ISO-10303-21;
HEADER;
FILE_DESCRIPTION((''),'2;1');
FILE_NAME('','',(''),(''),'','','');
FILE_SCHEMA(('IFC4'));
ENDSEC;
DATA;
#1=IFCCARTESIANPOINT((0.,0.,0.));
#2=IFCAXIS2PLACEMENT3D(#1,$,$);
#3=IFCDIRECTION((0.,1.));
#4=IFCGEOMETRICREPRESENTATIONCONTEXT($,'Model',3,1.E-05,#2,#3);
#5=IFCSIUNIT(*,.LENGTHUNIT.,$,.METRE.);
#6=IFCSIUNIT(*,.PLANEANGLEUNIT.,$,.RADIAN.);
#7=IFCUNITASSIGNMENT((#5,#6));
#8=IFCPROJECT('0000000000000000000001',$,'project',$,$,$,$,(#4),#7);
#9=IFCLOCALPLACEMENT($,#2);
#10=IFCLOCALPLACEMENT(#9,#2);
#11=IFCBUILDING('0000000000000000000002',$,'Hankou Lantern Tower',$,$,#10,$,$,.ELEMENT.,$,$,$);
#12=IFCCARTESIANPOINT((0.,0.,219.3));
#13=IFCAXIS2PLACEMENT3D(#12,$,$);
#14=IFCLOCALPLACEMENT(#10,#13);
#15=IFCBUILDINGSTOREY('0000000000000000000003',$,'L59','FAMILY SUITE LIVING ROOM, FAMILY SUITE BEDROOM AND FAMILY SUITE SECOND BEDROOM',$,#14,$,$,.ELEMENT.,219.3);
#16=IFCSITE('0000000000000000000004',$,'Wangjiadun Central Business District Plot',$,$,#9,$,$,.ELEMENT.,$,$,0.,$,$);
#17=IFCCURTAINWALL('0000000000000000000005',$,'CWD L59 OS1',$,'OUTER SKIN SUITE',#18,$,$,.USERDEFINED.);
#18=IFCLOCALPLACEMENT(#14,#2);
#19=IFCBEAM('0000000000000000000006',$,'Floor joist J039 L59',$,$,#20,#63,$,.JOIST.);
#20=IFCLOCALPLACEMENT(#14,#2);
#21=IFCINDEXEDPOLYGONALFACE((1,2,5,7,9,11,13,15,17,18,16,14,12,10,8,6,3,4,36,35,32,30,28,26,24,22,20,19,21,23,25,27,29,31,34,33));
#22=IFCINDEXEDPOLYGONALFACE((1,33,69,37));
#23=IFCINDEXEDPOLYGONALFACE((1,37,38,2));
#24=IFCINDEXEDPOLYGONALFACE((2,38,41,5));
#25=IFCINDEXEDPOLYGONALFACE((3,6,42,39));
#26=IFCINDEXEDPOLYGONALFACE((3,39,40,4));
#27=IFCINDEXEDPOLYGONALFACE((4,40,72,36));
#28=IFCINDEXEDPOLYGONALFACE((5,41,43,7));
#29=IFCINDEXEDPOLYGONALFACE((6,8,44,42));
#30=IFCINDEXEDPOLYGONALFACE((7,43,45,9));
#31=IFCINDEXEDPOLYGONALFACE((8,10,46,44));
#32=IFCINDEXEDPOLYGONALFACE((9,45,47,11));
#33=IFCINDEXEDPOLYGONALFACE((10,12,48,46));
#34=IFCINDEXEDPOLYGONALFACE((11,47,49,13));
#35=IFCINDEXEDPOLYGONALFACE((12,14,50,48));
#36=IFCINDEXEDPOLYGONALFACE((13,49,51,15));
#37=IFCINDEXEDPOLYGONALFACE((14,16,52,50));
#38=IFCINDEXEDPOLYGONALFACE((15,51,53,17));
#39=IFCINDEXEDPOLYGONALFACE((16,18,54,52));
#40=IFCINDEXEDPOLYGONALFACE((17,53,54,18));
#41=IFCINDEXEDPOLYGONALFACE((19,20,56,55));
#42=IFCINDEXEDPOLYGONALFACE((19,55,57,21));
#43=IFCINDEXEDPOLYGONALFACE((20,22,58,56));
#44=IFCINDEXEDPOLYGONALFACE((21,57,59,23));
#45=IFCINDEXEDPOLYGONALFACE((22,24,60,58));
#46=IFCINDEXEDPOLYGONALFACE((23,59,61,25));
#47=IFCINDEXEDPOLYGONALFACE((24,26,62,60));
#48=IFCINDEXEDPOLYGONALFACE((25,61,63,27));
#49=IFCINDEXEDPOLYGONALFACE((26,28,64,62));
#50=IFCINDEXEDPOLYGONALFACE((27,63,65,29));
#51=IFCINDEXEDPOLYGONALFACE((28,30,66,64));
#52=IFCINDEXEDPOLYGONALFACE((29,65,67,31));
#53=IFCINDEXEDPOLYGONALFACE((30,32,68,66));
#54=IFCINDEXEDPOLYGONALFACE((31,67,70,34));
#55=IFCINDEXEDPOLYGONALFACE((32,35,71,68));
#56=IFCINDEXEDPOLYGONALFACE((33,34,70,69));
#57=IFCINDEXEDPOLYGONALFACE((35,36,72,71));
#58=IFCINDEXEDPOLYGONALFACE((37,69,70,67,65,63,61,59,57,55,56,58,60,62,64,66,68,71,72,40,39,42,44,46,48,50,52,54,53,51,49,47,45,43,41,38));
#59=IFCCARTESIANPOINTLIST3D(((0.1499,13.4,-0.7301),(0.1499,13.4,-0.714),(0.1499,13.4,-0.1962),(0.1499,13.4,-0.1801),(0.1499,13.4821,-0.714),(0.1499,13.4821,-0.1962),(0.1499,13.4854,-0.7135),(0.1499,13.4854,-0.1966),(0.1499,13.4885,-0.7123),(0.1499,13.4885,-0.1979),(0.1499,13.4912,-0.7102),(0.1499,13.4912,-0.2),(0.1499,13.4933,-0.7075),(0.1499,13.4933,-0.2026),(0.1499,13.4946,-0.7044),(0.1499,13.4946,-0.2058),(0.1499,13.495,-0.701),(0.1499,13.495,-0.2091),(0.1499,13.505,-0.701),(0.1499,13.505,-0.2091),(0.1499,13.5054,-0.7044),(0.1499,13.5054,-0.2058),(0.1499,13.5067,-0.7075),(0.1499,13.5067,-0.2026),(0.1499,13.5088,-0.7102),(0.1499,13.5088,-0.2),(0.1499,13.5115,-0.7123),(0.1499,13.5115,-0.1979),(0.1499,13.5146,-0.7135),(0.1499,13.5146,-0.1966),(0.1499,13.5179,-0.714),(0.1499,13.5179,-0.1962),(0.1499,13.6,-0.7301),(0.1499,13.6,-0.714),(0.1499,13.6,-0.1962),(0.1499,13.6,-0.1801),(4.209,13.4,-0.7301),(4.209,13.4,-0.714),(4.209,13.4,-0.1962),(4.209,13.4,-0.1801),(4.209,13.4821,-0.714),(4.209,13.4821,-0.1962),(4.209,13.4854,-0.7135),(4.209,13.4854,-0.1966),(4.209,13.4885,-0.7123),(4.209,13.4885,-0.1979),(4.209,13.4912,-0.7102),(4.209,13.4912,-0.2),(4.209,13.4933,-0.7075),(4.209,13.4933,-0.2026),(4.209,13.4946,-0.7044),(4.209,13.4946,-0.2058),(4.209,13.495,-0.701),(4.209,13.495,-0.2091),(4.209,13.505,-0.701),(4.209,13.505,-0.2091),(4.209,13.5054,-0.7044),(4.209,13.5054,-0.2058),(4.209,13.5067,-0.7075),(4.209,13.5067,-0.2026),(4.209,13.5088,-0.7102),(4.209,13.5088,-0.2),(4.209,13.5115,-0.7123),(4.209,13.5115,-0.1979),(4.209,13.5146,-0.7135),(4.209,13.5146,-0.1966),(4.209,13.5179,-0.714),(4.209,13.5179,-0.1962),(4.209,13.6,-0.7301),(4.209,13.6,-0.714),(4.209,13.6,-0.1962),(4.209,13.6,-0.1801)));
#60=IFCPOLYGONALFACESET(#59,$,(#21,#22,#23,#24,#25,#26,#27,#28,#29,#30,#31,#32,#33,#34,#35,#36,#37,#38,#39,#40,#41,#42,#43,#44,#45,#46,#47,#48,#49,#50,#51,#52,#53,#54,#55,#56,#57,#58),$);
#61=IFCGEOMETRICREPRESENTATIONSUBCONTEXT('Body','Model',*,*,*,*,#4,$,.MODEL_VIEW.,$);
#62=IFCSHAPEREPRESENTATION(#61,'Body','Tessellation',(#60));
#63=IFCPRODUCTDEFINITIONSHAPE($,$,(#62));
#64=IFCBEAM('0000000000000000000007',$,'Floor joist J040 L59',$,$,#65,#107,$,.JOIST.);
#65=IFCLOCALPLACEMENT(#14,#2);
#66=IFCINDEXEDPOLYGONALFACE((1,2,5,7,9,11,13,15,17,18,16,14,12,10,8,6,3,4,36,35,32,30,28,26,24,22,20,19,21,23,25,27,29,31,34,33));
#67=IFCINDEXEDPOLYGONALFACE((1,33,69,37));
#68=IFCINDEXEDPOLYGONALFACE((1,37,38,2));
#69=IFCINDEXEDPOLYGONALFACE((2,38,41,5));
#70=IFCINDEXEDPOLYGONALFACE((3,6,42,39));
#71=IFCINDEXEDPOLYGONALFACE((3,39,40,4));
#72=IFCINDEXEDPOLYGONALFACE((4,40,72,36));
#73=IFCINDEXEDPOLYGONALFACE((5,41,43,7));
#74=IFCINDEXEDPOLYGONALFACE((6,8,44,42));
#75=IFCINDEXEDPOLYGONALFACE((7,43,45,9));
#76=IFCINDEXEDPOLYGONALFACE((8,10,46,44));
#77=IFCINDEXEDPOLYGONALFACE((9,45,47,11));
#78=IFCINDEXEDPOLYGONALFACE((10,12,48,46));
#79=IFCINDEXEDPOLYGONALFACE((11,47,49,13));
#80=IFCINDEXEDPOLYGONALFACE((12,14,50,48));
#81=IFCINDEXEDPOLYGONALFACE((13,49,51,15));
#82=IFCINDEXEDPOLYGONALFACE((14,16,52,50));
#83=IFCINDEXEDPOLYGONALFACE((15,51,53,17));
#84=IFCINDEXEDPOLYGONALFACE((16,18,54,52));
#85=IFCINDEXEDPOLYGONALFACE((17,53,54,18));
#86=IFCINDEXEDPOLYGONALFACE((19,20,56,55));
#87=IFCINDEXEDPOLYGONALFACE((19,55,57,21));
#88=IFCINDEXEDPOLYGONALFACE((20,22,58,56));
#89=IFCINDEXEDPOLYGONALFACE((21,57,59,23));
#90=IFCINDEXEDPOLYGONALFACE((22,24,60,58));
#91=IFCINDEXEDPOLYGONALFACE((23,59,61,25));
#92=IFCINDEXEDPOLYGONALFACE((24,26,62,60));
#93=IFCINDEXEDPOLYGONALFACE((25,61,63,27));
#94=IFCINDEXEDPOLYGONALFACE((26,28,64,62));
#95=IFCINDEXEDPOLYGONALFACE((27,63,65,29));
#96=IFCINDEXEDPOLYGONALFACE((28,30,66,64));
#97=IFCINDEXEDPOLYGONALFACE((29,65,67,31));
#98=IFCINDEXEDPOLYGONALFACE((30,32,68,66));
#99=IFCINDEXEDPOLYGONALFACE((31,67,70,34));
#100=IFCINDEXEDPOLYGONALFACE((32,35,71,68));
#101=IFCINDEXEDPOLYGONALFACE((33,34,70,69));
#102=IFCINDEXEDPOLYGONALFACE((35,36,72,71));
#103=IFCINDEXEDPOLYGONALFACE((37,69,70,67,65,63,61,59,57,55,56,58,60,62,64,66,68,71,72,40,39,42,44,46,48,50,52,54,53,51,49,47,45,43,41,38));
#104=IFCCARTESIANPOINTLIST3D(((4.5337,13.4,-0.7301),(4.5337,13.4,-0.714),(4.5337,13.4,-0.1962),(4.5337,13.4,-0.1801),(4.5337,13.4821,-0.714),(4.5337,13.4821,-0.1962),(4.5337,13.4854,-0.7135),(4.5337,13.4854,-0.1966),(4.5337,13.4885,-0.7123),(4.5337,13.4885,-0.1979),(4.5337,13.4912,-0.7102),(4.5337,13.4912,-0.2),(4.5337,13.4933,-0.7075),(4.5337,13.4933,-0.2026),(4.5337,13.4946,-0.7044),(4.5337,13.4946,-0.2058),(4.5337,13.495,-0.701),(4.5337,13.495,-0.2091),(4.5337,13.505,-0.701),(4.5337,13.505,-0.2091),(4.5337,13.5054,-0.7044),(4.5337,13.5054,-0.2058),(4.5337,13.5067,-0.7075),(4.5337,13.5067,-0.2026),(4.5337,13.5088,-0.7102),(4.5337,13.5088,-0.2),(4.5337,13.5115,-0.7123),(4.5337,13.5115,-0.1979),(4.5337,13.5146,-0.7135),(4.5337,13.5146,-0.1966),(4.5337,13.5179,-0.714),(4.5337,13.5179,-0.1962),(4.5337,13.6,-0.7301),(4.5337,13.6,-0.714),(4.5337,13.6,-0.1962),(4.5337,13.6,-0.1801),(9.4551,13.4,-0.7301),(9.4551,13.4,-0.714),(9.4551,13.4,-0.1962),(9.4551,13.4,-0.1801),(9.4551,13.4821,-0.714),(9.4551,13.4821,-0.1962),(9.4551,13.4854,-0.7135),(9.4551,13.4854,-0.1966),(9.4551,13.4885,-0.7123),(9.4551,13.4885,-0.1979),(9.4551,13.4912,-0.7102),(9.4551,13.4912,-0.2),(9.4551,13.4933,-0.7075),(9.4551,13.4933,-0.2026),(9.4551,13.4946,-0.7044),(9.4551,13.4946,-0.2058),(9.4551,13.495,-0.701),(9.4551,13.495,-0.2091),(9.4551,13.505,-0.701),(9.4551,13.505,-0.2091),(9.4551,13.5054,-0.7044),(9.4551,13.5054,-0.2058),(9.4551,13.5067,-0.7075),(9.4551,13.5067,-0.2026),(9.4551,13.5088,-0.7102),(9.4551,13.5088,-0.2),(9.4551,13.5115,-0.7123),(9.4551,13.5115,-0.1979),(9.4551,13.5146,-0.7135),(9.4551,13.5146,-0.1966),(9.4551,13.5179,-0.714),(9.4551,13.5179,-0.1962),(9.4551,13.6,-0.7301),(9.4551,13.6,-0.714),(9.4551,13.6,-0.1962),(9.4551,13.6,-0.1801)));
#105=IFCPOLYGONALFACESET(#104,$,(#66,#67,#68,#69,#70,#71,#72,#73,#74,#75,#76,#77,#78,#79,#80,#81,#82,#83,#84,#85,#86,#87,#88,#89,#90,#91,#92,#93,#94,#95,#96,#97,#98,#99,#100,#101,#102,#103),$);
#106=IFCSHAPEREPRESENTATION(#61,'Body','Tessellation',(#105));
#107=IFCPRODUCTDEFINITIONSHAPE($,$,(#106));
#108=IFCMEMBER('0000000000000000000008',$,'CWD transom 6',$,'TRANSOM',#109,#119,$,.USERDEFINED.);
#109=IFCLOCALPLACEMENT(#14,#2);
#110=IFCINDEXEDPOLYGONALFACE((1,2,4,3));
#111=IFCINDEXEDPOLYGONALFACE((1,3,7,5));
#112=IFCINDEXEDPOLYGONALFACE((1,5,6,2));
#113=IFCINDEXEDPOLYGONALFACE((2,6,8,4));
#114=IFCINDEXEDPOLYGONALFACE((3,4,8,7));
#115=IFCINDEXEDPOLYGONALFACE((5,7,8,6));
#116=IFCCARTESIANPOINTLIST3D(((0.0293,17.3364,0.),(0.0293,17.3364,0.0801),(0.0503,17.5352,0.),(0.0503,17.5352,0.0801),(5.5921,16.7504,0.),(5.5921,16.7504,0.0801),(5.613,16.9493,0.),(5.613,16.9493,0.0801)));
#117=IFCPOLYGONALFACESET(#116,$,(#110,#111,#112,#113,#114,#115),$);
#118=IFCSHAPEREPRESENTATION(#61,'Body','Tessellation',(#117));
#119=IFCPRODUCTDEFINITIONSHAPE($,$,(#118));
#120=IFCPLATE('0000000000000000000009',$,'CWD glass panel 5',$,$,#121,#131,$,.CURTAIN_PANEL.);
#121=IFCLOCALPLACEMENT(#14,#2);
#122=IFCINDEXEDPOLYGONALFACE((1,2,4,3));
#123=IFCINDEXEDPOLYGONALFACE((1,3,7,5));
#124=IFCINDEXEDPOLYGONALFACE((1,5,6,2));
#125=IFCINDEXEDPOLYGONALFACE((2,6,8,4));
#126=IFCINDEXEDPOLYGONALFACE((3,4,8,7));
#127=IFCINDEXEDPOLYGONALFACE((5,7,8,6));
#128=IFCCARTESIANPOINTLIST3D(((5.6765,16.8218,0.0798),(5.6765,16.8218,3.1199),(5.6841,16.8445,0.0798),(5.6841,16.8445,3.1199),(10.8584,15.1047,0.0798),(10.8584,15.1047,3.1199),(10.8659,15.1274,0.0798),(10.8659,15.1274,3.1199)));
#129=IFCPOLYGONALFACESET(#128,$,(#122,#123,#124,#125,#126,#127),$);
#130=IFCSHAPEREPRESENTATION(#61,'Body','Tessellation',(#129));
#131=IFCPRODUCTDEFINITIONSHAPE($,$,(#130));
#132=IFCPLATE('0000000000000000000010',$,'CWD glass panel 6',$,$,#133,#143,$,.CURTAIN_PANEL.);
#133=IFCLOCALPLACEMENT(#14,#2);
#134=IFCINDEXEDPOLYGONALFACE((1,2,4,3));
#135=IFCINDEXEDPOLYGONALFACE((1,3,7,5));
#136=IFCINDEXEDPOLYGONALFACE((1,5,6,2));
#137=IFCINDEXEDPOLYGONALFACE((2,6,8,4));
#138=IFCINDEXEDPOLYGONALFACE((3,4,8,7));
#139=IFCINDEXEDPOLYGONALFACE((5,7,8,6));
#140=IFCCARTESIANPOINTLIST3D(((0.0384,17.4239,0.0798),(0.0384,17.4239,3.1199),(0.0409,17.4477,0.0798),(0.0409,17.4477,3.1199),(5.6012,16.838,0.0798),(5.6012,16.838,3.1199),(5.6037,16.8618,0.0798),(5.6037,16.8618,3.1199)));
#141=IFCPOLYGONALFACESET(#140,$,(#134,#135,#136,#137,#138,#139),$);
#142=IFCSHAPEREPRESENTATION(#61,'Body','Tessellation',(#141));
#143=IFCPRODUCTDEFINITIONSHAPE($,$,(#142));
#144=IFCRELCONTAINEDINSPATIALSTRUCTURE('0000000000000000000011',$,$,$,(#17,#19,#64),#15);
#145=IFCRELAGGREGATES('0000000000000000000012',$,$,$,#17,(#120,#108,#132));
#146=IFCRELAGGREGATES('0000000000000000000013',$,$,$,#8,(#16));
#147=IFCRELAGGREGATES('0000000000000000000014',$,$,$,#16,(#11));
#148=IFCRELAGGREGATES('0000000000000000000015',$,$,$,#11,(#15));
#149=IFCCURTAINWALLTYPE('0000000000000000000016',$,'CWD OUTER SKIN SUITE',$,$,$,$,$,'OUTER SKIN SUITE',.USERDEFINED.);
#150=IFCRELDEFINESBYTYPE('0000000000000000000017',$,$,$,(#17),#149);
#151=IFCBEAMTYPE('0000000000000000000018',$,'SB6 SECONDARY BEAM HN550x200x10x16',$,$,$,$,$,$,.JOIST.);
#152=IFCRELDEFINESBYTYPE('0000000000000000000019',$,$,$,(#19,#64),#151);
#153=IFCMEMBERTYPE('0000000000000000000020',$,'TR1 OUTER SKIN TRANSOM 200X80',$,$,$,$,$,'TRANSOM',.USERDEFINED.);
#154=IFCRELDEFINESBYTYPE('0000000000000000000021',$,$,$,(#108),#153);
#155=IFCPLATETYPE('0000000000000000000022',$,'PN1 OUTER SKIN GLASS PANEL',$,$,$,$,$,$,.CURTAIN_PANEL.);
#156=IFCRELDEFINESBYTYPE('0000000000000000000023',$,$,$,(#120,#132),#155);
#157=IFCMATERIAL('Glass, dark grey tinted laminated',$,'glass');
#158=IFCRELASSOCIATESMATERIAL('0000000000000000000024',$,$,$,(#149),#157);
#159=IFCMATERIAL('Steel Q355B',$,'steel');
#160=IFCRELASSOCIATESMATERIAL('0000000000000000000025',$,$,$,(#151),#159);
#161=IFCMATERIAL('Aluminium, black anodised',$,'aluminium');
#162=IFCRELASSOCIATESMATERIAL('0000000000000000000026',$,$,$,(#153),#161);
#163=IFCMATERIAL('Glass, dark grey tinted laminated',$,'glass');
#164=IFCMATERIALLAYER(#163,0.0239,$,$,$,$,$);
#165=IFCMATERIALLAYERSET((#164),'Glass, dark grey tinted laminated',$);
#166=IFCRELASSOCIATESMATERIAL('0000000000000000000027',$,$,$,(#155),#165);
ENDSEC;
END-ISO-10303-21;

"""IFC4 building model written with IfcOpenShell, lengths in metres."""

from ifc_helpers import new_model, si_unit, direction, frame, origin, origin_2d, place, context, subcontext, project, spatial, rectangle, i_section, extrude, material, layer, layer_set, material_profile, profile_set, type_object, element, aggregate, save


model = new_model("IFC4")

# Units and contexts
model_context = context("Model", 3, precision=1e-05, world=origin(), true_north=direction((0.0, 1.0)))
body_context = subcontext(model_context, "Body", "Model", "MODEL_VIEW")
ifc_project = project(units=[si_unit("LENGTHUNIT", "METRE"), si_unit("PLANEANGLEUNIT", "RADIAN")], contexts=[model_context])

# Site, building, storey
site_placement = place(None, origin())
site = spatial("IfcSite", under=ifc_project, at=site_placement, Name="Wangjiadun Central Business District Plot", CompositionType="ELEMENT", RefElevation=0.0)
building_placement = place(site_placement, origin())
building = spatial("IfcBuilding", under=site, at=building_placement, Name="Hankou Lantern Tower", CompositionType="ELEMENT")
storey_placement = place(building_placement, frame((0.0, 0.0, 219.3)))
storey = spatial("IfcBuildingStorey", under=building, at=storey_placement, Name="L59", Description="FAMILY SUITE LIVING ROOM, FAMILY SUITE BEDROOM AND FAMILY SUITE SECOND BEDROOM", CompositionType="ELEMENT", Elevation=219.3)

# Curtain wall
ifc_material_1 = material(Name="Glass, dark grey tinted laminated", Category="glass")
curtain_wall_type = type_object("IfcCurtainWallType", Name="CWD OUTER SKIN SUITE", ElementType="OUTER SKIN SUITE", PredefinedType="USERDEFINED", material=ifc_material_1)
curtain_wall_1_placement = place(storey_placement, origin())
curtain_wall_1 = element("IfcCurtainWall", 1, at=curtain_wall_1_placement, inside=storey, type_object=curtain_wall_type, Name="CWD L59 OS1", ObjectType="OUTER SKIN SUITE", PredefinedType="USERDEFINED")

# Beams
ifc_material_2 = material(Name="Steel Q355B", Category="steel")
ifc_material_profile_1 = material_profile(ifc_material_2, i_section(OverallWidth=0.2, OverallDepth=0.55, WebThickness=0.01, FlangeThickness=0.0161, FilletRadius=0.0129, at=origin_2d()), Name="HN550x200x10x16")
ifc_profile_set_1 = profile_set([ifc_material_profile_1], Name="Steel Q355B")
beam_type_1 = type_object("IfcBeamType", Name="SB6 SECONDARY BEAM HN550x200x10x16", PredefinedType="JOIST", material=ifc_profile_set_1)
beam_1_placement = place(storey_placement, frame((0.1499, 13.5, -0.4551), z_axis=(1.0, 0.0, 0.0), x_axis=(0.0, 1.0, 0.0)))
element("IfcBeam", 2, at=beam_1_placement, inside=storey, type_object=beam_type_1, Name="Floor joist J039 L59", PredefinedType="JOIST", context=body_context, shape_type="SweptSolid", body=[
    extrude(i_section(OverallWidth=0.2, OverallDepth=0.55, WebThickness=0.01, FlangeThickness=0.0161, FilletRadius=0.0129, at=origin_2d()), origin(), (0.0, 0.0, 1.0), 4.0591),
])
beam_2_placement = place(storey_placement, frame((4.5337, 13.5, -0.4551), z_axis=(1.0, 0.0, 0.0), x_axis=(0.0, 1.0, 0.0)))
element("IfcBeam", 3, at=beam_2_placement, inside=storey, type_object=beam_type_1, Name="Floor joist J040 L59", PredefinedType="JOIST", context=body_context, shape_type="SweptSolid", body=[
    extrude(i_section(OverallWidth=0.2, OverallDepth=0.55, WebThickness=0.01, FlangeThickness=0.0161, FilletRadius=0.0129, at=origin_2d()), origin(), (0.0, 0.0, 1.0), 4.9214),
])

# Member
ifc_material_3 = material(Name="Aluminium, black anodised", Category="aluminium")
ifc_material_profile_2 = material_profile(ifc_material_3, rectangle(XDim=0.2, YDim=0.0801, at=origin_2d()), Name="TR1 200X80")
ifc_profile_set_2 = profile_set([ifc_material_profile_2], Name="Aluminium, black anodised")
member_type_1 = type_object("IfcMemberType", Name="TR1 OUTER SKIN TRANSOM 200X80", ElementType="TRANSOM", PredefinedType="USERDEFINED", material=ifc_profile_set_2)
member_1_placement = place(storey_placement, frame((5.6025, 16.8499, 0.04), z_axis=(-0.994498, 0.104753, 0.0), x_axis=(-0.104753, -0.994498, 0.0)))
member_1 = element("IfcMember", 4, at=member_1_placement, type_object=member_type_1, Name="CWD transom 6", ObjectType="TRANSOM", PredefinedType="USERDEFINED", context=body_context, shape_type="SweptSolid", body=[
    extrude(rectangle(XDim=0.2, YDim=0.0801, at=origin_2d()), origin(), (0.0, 0.0, 1.0), 5.5935),
])

# Plates
ifc_material_4 = material(Name="Glass, dark grey tinted laminated", Category="glass")
ifc_layer_1 = layer(ifc_material_4, 0.0239)
ifc_layer_set_1 = layer_set([ifc_layer_1], Name="Glass, dark grey tinted laminated")
plate_type = type_object("IfcPlateType", Name="PN1 OUTER SKIN GLASS PANEL", PredefinedType="CURTAIN_PANEL", material=ifc_layer_set_1)
plate_1_placement = place(storey_placement, frame((8.2712, 15.9746, 0.0798), z_axis=(0.0, 0.0, 1.0), x_axis=(-0.949241, 0.314551, 0.0)))
plate_1 = element("IfcPlate", 5, at=plate_1_placement, type_object=plate_type, Name="CWD glass panel 5", PredefinedType="CURTAIN_PANEL", context=body_context, shape_type="SweptSolid", body=[
    extrude(rectangle(XDim=5.459, YDim=0.0239, at=origin_2d()), origin(), (0.0, 0.0, 1.0), 3.04),
])
plate_2_placement = place(storey_placement, frame((2.821, 17.1428, 0.0798), z_axis=(0.0, 0.0, 1.0), x_axis=(-0.994499, 0.104743, 0.0)))
plate_2 = element("IfcPlate", 6, at=plate_2_placement, type_object=plate_type, Name="CWD glass panel 6", PredefinedType="CURTAIN_PANEL", context=body_context, shape_type="SweptSolid", body=[
    extrude(rectangle(XDim=5.5935, YDim=0.0239, at=origin_2d()), origin(), (0.0, 0.0, 1.0), 3.04),
])
aggregate(curtain_wall_1, [plate_1, member_1, plate_2])

save(model, "model.ifc")
